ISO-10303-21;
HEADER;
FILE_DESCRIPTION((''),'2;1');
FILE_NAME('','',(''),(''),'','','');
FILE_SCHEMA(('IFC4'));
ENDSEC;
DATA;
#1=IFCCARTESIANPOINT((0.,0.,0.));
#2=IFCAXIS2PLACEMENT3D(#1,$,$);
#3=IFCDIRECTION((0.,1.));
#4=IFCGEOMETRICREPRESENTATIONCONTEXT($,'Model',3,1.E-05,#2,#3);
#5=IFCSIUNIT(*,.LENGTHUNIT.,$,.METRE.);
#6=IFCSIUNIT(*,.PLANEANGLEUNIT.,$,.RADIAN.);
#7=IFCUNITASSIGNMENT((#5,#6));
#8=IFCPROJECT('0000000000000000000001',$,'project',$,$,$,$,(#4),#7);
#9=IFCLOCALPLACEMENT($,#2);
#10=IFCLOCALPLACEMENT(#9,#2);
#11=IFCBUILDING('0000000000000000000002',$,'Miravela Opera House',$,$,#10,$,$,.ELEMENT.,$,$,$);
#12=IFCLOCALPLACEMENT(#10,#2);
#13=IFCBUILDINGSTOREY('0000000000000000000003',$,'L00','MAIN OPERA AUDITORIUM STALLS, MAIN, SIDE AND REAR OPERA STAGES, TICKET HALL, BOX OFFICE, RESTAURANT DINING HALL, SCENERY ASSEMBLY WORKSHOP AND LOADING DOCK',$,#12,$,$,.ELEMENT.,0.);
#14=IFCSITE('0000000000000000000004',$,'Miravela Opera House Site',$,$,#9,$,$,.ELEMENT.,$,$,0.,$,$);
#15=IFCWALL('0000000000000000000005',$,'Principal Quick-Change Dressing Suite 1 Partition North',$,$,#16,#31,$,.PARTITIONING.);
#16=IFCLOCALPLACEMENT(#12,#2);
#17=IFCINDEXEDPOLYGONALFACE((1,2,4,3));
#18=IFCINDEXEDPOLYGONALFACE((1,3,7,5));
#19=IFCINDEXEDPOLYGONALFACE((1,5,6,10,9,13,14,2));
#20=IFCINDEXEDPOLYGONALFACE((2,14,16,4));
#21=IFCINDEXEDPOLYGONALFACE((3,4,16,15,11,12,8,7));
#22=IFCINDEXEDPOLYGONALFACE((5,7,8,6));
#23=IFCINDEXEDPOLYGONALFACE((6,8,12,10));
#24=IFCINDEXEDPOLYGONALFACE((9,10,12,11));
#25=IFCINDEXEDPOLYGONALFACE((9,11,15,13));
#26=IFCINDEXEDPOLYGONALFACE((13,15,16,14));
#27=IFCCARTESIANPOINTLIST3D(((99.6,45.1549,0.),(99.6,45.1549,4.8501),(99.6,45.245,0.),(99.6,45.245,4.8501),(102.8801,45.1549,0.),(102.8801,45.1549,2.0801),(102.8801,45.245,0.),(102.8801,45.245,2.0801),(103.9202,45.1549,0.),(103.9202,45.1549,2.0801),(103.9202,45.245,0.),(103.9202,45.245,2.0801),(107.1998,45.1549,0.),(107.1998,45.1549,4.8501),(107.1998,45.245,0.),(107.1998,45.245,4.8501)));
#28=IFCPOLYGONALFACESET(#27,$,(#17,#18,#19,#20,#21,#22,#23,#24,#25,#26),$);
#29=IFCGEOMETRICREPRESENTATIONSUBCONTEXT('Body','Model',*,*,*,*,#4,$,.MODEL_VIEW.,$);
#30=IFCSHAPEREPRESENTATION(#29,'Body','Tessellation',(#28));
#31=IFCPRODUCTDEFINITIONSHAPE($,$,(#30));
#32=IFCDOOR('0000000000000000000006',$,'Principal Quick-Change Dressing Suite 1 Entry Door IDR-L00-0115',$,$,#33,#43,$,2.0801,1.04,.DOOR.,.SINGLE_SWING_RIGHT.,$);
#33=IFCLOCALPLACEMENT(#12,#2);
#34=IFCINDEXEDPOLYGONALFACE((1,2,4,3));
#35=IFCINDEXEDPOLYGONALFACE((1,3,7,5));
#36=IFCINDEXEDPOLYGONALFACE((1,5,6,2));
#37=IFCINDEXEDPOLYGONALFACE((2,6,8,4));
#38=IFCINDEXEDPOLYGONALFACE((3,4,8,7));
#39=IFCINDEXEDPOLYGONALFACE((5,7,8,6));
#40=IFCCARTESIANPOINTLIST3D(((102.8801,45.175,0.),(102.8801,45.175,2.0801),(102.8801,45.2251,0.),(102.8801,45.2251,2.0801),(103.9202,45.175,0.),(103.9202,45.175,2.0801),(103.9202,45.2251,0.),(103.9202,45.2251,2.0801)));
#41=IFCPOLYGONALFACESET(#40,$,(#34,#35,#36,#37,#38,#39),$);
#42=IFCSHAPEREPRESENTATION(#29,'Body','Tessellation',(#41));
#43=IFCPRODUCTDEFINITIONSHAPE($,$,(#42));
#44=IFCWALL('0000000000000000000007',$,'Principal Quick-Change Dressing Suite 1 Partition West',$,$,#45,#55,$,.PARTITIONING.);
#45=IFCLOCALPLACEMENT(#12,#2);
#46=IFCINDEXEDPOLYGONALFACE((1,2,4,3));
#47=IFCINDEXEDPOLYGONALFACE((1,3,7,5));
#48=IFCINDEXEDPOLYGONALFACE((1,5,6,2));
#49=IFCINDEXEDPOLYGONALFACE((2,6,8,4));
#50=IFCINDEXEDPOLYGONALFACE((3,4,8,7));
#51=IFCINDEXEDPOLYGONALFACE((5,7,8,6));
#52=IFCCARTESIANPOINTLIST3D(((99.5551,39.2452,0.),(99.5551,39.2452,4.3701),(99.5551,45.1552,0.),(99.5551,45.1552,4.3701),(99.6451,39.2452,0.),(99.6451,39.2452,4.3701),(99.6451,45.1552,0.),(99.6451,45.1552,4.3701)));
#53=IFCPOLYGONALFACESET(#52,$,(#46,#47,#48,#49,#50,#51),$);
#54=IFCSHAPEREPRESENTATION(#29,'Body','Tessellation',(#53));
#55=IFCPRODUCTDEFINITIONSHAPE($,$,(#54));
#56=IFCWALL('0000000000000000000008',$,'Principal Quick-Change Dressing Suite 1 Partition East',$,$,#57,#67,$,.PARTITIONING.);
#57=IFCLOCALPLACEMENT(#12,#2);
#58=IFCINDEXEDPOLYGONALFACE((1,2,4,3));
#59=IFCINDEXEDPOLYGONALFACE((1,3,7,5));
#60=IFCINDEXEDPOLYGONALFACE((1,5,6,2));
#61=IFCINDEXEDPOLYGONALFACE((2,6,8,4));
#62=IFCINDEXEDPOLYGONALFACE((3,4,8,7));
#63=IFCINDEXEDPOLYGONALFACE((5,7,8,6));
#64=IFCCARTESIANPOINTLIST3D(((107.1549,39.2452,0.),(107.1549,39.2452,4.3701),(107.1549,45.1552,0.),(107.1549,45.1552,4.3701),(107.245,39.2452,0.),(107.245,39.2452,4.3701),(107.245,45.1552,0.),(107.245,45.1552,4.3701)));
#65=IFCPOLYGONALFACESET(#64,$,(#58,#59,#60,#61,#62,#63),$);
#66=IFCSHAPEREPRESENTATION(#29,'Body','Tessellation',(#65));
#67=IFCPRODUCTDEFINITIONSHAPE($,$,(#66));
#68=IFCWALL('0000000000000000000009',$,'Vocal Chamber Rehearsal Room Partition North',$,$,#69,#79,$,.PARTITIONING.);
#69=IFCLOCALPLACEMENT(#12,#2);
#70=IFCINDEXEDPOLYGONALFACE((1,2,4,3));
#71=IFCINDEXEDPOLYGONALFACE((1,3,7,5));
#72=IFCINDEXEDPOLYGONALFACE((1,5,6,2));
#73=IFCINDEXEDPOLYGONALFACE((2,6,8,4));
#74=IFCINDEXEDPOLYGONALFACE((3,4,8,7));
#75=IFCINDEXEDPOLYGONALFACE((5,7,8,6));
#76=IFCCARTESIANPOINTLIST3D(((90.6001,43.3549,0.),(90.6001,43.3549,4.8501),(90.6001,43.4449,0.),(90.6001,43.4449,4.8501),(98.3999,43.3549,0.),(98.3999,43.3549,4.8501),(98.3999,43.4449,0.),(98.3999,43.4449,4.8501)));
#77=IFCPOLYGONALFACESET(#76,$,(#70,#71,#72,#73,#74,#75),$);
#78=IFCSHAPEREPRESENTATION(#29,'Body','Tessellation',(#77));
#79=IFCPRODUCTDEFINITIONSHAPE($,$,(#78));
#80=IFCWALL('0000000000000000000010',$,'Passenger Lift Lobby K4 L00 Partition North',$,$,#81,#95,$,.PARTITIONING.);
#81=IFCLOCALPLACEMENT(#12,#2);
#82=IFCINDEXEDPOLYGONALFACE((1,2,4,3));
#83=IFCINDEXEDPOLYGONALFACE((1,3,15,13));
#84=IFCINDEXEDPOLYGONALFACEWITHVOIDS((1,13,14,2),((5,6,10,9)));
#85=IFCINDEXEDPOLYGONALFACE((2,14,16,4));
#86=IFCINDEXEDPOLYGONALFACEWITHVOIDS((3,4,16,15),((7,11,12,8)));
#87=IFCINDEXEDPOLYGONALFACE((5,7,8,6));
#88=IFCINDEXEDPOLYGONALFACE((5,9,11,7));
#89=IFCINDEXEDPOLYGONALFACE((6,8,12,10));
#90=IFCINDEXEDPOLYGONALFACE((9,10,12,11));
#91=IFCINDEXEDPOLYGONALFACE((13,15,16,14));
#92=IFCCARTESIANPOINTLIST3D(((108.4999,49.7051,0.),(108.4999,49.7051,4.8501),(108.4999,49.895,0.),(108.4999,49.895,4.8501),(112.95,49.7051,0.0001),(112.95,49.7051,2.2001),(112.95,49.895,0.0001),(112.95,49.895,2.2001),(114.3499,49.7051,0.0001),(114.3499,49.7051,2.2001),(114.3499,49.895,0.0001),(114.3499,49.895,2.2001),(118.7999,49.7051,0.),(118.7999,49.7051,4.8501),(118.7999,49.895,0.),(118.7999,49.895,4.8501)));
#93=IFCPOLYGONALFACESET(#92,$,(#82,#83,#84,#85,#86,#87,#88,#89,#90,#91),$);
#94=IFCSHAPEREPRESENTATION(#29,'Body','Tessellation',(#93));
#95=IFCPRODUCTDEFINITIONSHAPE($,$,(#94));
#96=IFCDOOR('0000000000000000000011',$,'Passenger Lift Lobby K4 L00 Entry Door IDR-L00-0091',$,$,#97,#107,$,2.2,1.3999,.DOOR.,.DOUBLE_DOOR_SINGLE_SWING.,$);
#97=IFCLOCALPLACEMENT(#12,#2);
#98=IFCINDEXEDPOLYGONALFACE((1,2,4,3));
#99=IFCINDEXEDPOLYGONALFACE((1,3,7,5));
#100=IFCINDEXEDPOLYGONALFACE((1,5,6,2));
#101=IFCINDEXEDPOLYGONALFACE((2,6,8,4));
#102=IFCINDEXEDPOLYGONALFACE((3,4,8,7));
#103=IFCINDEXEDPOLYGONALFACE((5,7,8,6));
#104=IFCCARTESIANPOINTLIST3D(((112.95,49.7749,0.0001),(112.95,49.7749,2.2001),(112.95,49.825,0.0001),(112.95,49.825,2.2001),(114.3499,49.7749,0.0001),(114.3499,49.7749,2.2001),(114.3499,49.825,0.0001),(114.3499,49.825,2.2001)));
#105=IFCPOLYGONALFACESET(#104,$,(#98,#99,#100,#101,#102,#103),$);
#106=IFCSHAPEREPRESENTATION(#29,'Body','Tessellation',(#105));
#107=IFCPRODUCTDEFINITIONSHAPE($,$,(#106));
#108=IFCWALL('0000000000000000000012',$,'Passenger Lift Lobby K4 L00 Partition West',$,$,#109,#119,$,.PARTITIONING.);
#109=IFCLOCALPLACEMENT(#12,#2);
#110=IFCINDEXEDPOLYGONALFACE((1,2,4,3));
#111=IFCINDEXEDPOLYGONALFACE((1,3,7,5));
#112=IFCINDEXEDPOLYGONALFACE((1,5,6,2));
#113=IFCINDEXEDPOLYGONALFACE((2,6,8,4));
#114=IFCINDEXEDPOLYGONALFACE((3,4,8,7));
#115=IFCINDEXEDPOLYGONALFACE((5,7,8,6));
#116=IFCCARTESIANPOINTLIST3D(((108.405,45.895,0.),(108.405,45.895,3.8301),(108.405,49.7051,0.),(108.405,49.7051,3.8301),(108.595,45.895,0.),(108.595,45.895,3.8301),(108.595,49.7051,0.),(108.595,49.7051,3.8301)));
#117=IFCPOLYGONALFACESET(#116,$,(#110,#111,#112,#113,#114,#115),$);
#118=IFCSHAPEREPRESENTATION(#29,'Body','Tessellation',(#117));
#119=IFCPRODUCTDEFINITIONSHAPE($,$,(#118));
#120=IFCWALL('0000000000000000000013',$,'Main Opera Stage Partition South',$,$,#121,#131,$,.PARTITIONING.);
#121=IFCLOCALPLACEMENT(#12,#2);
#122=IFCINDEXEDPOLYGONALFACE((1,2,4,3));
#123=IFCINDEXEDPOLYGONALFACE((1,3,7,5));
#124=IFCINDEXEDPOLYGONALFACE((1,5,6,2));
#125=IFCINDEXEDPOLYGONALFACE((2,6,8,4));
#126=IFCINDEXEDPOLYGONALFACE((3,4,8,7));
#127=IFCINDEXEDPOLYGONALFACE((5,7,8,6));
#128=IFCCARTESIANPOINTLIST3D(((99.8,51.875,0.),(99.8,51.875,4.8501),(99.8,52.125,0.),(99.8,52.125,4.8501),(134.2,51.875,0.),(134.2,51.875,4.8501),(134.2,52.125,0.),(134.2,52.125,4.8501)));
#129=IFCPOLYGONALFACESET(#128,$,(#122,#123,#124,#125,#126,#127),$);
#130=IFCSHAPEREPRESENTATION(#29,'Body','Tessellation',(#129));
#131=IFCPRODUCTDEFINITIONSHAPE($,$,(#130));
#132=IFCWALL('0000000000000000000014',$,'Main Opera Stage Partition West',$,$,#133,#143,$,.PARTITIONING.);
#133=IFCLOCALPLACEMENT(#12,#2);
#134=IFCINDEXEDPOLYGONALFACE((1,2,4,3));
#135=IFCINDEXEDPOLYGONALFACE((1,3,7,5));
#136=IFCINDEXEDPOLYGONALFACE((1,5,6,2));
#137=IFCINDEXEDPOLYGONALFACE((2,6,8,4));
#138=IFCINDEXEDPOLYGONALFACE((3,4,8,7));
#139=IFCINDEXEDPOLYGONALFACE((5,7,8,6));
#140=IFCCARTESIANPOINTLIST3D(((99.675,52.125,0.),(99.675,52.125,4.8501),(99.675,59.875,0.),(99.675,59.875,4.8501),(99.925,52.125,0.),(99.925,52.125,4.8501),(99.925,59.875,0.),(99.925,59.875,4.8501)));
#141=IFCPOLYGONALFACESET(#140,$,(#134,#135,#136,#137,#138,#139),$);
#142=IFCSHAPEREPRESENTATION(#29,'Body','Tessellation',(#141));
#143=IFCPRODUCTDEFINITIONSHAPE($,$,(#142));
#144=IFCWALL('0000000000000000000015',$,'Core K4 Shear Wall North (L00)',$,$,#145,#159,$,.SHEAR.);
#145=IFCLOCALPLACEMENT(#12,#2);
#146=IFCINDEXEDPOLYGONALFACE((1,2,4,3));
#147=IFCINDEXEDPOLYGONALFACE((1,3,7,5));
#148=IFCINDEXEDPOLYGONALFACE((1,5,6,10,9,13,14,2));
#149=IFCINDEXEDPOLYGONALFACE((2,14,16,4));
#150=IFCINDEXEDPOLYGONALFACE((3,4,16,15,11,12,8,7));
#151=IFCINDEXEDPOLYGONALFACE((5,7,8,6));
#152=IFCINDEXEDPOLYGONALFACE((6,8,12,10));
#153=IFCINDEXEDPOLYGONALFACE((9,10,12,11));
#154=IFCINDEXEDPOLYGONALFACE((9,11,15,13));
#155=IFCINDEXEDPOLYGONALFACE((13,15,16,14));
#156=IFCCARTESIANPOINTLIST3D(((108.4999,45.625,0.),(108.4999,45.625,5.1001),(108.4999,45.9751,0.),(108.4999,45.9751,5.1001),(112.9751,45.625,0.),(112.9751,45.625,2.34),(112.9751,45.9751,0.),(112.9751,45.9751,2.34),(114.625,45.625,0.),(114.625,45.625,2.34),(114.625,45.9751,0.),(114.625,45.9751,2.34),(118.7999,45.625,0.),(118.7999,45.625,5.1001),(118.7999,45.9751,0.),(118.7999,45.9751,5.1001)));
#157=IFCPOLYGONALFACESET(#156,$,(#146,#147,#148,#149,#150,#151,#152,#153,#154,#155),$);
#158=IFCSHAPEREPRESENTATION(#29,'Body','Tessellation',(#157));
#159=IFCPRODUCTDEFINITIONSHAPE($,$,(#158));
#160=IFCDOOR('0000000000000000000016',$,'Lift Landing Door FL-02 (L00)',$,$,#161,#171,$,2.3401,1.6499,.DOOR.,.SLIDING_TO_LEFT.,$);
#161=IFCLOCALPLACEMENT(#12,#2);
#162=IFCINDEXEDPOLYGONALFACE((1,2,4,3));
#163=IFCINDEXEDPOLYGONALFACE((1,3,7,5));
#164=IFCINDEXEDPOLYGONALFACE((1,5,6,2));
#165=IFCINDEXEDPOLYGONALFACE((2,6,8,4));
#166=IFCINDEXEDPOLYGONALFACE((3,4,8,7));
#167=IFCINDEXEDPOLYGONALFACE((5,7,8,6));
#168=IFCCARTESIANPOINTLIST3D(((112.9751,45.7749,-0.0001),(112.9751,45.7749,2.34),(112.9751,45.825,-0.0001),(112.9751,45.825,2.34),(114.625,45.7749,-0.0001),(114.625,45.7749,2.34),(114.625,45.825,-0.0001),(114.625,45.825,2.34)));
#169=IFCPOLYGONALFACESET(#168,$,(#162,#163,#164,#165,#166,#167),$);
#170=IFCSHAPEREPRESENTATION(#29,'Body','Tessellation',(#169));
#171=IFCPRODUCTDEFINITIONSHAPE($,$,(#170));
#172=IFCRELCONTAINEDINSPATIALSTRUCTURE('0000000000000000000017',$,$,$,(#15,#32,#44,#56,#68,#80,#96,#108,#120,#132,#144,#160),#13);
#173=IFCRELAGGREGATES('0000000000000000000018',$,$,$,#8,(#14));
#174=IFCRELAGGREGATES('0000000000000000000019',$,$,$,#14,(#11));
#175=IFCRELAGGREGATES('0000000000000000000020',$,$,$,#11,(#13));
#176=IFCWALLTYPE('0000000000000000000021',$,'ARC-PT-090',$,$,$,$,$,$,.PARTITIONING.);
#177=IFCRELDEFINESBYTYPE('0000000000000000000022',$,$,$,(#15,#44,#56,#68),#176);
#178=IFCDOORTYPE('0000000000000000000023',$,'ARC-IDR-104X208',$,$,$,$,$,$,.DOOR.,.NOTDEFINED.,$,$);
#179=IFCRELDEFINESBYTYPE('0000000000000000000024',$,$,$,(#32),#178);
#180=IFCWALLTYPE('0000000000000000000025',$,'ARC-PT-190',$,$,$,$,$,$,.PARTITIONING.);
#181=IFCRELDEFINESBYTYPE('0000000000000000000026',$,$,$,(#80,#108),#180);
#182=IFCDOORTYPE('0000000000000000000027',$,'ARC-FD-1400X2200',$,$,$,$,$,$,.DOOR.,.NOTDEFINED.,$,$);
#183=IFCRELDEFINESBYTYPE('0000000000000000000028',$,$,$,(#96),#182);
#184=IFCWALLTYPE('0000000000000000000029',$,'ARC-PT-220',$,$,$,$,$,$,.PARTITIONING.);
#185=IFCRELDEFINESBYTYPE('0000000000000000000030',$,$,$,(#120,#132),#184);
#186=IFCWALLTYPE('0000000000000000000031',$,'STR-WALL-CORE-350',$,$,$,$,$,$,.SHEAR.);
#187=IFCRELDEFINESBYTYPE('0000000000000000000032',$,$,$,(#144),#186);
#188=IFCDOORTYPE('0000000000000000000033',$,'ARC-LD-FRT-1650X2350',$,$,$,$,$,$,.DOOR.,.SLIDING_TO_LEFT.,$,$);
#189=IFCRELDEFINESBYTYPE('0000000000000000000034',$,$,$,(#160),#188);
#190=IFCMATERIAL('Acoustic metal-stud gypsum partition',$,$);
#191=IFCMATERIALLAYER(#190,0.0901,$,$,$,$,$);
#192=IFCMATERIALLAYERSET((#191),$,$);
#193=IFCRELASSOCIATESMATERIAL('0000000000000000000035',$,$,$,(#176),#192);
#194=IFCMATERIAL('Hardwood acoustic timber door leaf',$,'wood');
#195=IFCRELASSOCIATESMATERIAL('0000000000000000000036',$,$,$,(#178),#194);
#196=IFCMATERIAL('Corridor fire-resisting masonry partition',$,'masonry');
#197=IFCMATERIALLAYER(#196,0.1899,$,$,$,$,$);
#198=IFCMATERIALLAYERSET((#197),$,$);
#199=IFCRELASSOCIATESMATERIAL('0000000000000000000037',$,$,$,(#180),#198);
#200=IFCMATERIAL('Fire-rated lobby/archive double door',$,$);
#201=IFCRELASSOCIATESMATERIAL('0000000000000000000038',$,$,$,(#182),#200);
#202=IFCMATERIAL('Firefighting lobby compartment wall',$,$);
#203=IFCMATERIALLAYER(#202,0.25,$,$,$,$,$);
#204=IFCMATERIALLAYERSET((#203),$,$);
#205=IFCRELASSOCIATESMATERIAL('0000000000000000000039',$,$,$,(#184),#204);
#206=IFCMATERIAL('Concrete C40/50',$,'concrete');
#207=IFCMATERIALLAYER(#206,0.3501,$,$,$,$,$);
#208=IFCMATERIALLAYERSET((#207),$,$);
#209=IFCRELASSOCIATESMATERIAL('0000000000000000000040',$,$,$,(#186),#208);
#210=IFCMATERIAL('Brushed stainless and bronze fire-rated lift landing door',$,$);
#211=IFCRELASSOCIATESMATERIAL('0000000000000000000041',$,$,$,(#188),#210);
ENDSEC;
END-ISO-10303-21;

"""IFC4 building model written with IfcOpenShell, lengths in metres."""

from ifc_helpers import new_model, si_unit, direction, frame, frame_2d, origin, place, context, subcontext, project, spatial, rectangle, extrude, material, layer, layer_set, type_object, element, fill, save


model = new_model("IFC4")

# Units and contexts
model_context = context("Model", 3, precision=1e-05, world=origin(), true_north=direction((0.0, 1.0)))
body_context = subcontext(model_context, "Body", "Model", "MODEL_VIEW")
ifc_project = project(units=[si_unit("LENGTHUNIT", "METRE"), si_unit("PLANEANGLEUNIT", "RADIAN")], contexts=[model_context])

# Site, building, storey
site_placement = place(None, origin())
site = spatial("IfcSite", under=ifc_project, at=site_placement, Name="Miravela Opera House Site", CompositionType="ELEMENT", RefElevation=0.0)
building_placement = place(site_placement, origin())
building = spatial("IfcBuilding", under=site, at=building_placement, Name="Miravela Opera House", CompositionType="ELEMENT")
storey_placement = place(building_placement, origin())
storey = spatial("IfcBuildingStorey", under=building, at=storey_placement, Name="L00", Description="MAIN OPERA AUDITORIUM STALLS, MAIN, SIDE AND REAR OPERA STAGES, TICKET HALL, BOX OFFICE, RESTAURANT DINING HALL, SCENERY ASSEMBLY WORKSHOP AND LOADING DOCK", CompositionType="ELEMENT", Elevation=0.0)

# Shared definitions
ifc_material_1 = material(Name="Concrete C40/50", Category="concrete")

# Shared definitions
ifc_material_2 = material(Name="Acoustic metal-stud gypsum partition")
ifc_layer_1 = layer(ifc_material_2, 0.0901)
ifc_layer_set_1 = layer_set([ifc_layer_1])
wall_type_1 = type_object("IfcWallType", Name="ARC-PT-090", PredefinedType="PARTITIONING", material=ifc_layer_set_1)

# Wall, opening, door
wall_1_placement = place(storey_placement, frame((99.6001, 45.2, 0.0), z_axis=(0.0, 0.0, 1.0), x_axis=(1.0, 0.0, 0.0)))
wall_1 = element("IfcWall", 1, at=wall_1_placement, inside=storey, type_object=wall_type_1, Name="Principal Quick-Change Dressing Suite 1 Partition North", PredefinedType="PARTITIONING", context=body_context, shape_type="SweptSolid", body=[
    extrude(rectangle(XDim=7.5999, YDim=0.0901, at=frame_2d((3.7998, 0.0))), origin(), (0.0, 0.0, 1.0), 4.8501),
])
opening_1_placement = place(wall_1_placement, frame((3.28, 0.0, 0.0)))
opening_1 = element("IfcOpeningElement", 2, at=opening_1_placement, cuts=wall_1, PredefinedType="OPENING", context=body_context, shape_type="SweptSolid", body=[
    extrude(rectangle(XDim=1.04, YDim=2.0801, at=frame_2d((0.52, 1.04))), frame((0.0, 0.0549, 0.0), z_axis=(0.0, -1.0, 0.0), x_axis=(1.0, 0.0, 0.0)), (0.0, 0.0, 1.0), 0.1101),
])
ifc_material_3 = material(Name="Hardwood acoustic timber door leaf", Category="wood")
door_type_1 = type_object("IfcDoorType", Name="ARC-IDR-104X208", OperationType="NOTDEFINED", PredefinedType="DOOR", material=ifc_material_3)
door_1_placement = place(opening_1_placement, frame((1.04, 0.0, 0.0), z_axis=(0.0, 0.0, 1.0), x_axis=(-1.0, 0.0, 0.0)))
door_1 = element("IfcDoor", 3, at=door_1_placement, inside=storey, type_object=door_type_1, Name="Principal Quick-Change Dressing Suite 1 Entry Door IDR-L00-0115", OperationType="SINGLE_SWING_RIGHT", OverallHeight=2.0801, OverallWidth=1.04, PredefinedType="DOOR", context=body_context, shape_type="SweptSolid", body=[
    extrude(rectangle(XDim=1.04, YDim=2.0801, at=frame_2d((0.52, 1.04))), frame((0.0, 0.0249, 0.0), z_axis=(0.0, -1.0, 0.0), x_axis=(1.0, 0.0, 0.0)), (0.0, 0.0, 1.0), 0.05),
])
fill(opening_1, door_1)

# Walls
for number, where, z_axis, x_axis, name in (
    (4, (99.6001, 39.2451, 0.0), (0.0, 0.0, 1.0), (0.0, 1.0, 0.0), "Principal Quick-Change Dressing Suite 1 Partition West"),
    (5, (107.2, 39.2451, 0.0), (0.0, 0.0, 1.0), (0.0, 1.0, 0.0), "Principal Quick-Change Dressing Suite 1 Partition East"),
):
    element("IfcWall", number, at=place(storey_placement, frame(where, z_axis=z_axis, x_axis=x_axis)), inside=storey, type_object=wall_type_1, Name=name, PredefinedType="PARTITIONING", context=body_context, shape_type="SweptSolid", body=[
        extrude(rectangle(XDim=5.9099, YDim=0.0901, at=frame_2d((2.9551, 0.0))), origin(), (0.0, 0.0, 1.0), 4.3701),
    ])
wall_2_placement = place(storey_placement, frame((90.6001, 43.3999, 0.0), z_axis=(0.0, 0.0, 1.0), x_axis=(1.0, 0.0, 0.0)))
element("IfcWall", 6, at=wall_2_placement, inside=storey, type_object=wall_type_1, Name="Vocal Chamber Rehearsal Room Partition North", PredefinedType="PARTITIONING", context=body_context, shape_type="SweptSolid", body=[
    extrude(rectangle(XDim=7.7998, YDim=0.0901, at=frame_2d((3.8999, 0.0))), origin(), (0.0, 0.0, 1.0), 4.8501),
])

# Wall, opening, door
ifc_material_4 = material(Name="Corridor fire-resisting masonry partition", Category="masonry")
ifc_layer_2 = layer(ifc_material_4, 0.1899)
ifc_layer_set_2 = layer_set([ifc_layer_2])
wall_type_2 = type_object("IfcWallType", Name="ARC-PT-190", PredefinedType="PARTITIONING", material=ifc_layer_set_2)
wall_3_placement = place(storey_placement, frame((108.5, 49.8, 0.0), z_axis=(0.0, 0.0, 1.0), x_axis=(1.0, 0.0, 0.0)))
wall_3 = element("IfcWall", 7, at=wall_3_placement, inside=storey, type_object=wall_type_2, Name="Passenger Lift Lobby K4 L00 Partition North", PredefinedType="PARTITIONING", context=body_context, shape_type="SweptSolid", body=[
    extrude(rectangle(XDim=10.3, YDim=0.1899, at=frame_2d((5.1499, 0.0))), origin(), (0.0, 0.0, 1.0), 4.8501),
])
opening_2_placement = place(wall_3_placement, frame((4.45, 0.0, 0.0)))
opening_2 = element("IfcOpeningElement", 8, at=opening_2_placement, cuts=wall_3, PredefinedType="OPENING", context=body_context, shape_type="SweptSolid", body=[
    extrude(rectangle(XDim=1.3999, YDim=2.2, at=frame_2d((0.7, 1.1001))), frame((0.0, 0.105, 0.0), z_axis=(0.0, -1.0, 0.0), x_axis=(1.0, 0.0, 0.0)), (0.0, 0.0, 1.0), 0.21),
])
ifc_material_5 = material(Name="Fire-rated lobby/archive double door")
door_type_2 = type_object("IfcDoorType", Name="ARC-FD-1400X2200", OperationType="NOTDEFINED", PredefinedType="DOOR", material=ifc_material_5)
door_2_placement = place(opening_2_placement, origin())
door_2 = element("IfcDoor", 9, at=door_2_placement, inside=storey, type_object=door_type_2, Name="Passenger Lift Lobby K4 L00 Entry Door IDR-L00-0091", OperationType="DOUBLE_DOOR_SINGLE_SWING", OverallHeight=2.2, OverallWidth=1.3999, PredefinedType="DOOR", context=body_context, shape_type="SweptSolid", body=[
    extrude(rectangle(XDim=1.3999, YDim=2.2, at=frame_2d((0.7, 1.1001))), frame((0.0, 0.0249, 0.0), z_axis=(0.0, -1.0, 0.0), x_axis=(1.0, 0.0, 0.0)), (0.0, 0.0, 1.0), 0.05),
])
fill(opening_2, door_2)

# Walls
wall_4_placement = place(storey_placement, frame((108.5, 45.895, 0.0), z_axis=(0.0, 0.0, 1.0), x_axis=(0.0, 1.0, 0.0)))
element("IfcWall", 10, at=wall_4_placement, inside=storey, type_object=wall_type_2, Name="Passenger Lift Lobby K4 L00 Partition West", PredefinedType="PARTITIONING", context=body_context, shape_type="SweptSolid", body=[
    extrude(rectangle(XDim=3.8101, YDim=0.1899, at=frame_2d((1.905, 0.0))), origin(), (0.0, 0.0, 1.0), 3.8301),
])
ifc_material_6 = material(Name="Firefighting lobby compartment wall")
ifc_layer_3 = layer(ifc_material_6, 0.25)
ifc_layer_set_3 = layer_set([ifc_layer_3])
wall_type_3 = type_object("IfcWallType", Name="ARC-PT-220", PredefinedType="PARTITIONING", material=ifc_layer_set_3)
wall_5_placement = place(storey_placement, frame((99.8, 52.0, 0.0), z_axis=(0.0, 0.0, 1.0), x_axis=(1.0, 0.0, 0.0)))
element("IfcWall", 11, at=wall_5_placement, inside=storey, type_object=wall_type_3, Name="Main Opera Stage Partition South", PredefinedType="PARTITIONING", context=body_context, shape_type="SweptSolid", body=[
    extrude(rectangle(XDim=34.3999, YDim=0.25, at=frame_2d((17.2, 0.0))), origin(), (0.0, 0.0, 1.0), 4.8501),
])
wall_6_placement = place(storey_placement, frame((99.8, 52.125, 0.0), z_axis=(0.0, 0.0, 1.0), x_axis=(0.0, 1.0, 0.0)))
element("IfcWall", 12, at=wall_6_placement, inside=storey, type_object=wall_type_3, Name="Main Opera Stage Partition West", PredefinedType="PARTITIONING", context=body_context, shape_type="SweptSolid", body=[
    extrude(rectangle(XDim=7.75, YDim=0.25, at=frame_2d((3.875, 0.0))), origin(), (0.0, 0.0, 1.0), 4.8501),
])

# Wall, opening, door
ifc_layer_4 = layer(ifc_material_1, 0.3501)
ifc_layer_set_4 = layer_set([ifc_layer_4])
wall_type_4 = type_object("IfcWallType", Name="STR-WALL-CORE-350", PredefinedType="SHEAR", material=ifc_layer_set_4)
wall_7_placement = place(storey_placement, frame((108.5, 45.8, 0.0), z_axis=(0.0, 0.0, 1.0), x_axis=(1.0, 0.0, 0.0)))
wall_7 = element("IfcWall", 13, at=wall_7_placement, inside=storey, type_object=wall_type_4, Name="Core K4 Shear Wall North (L00)", PredefinedType="SHEAR", context=body_context, shape_type="SweptSolid", body=[
    extrude(rectangle(XDim=10.3, YDim=0.3501, at=frame_2d((5.1499, 0.0))), origin(), (0.0, 0.0, 1.0), 5.1001),
])
opening_3_placement = place(wall_7_placement, frame((4.4751, 0.0, 0.0)))
opening_3 = element("IfcOpeningElement", 14, at=opening_3_placement, cuts=wall_7, PredefinedType="OPENING", context=body_context, shape_type="SweptSolid", body=[
    extrude(rectangle(XDim=1.6499, YDim=2.3401, at=frame_2d((0.825, 1.1699))), frame((0.0, 0.1851, 0.0), z_axis=(0.0, -1.0, 0.0), x_axis=(1.0, 0.0, 0.0)), (0.0, 0.0, 1.0), 0.3701),
])
ifc_material_7 = material(Name="Brushed stainless and bronze fire-rated lift landing door")
door_type_3 = type_object("IfcDoorType", Name="ARC-LD-FRT-1650X2350", OperationType="SLIDING_TO_LEFT", PredefinedType="DOOR", material=ifc_material_7)
door_3_placement = place(opening_3_placement, origin())
door_3 = element("IfcDoor", 15, at=door_3_placement, inside=storey, type_object=door_type_3, Name="Lift Landing Door FL-02 (L00)", OperationType="SLIDING_TO_LEFT", OverallHeight=2.3401, OverallWidth=1.6499, PredefinedType="DOOR", context=body_context, shape_type="SweptSolid", body=[
    extrude(rectangle(XDim=1.6499, YDim=2.3401, at=frame_2d((0.825, 1.1699))), frame((0.0, 0.0249, 0.0), z_axis=(0.0, -1.0, 0.0), x_axis=(1.0, 0.0, 0.0)), (0.0, 0.0, 1.0), 0.05),
])
fill(opening_3, door_3)

save(model, "model.ifc")
